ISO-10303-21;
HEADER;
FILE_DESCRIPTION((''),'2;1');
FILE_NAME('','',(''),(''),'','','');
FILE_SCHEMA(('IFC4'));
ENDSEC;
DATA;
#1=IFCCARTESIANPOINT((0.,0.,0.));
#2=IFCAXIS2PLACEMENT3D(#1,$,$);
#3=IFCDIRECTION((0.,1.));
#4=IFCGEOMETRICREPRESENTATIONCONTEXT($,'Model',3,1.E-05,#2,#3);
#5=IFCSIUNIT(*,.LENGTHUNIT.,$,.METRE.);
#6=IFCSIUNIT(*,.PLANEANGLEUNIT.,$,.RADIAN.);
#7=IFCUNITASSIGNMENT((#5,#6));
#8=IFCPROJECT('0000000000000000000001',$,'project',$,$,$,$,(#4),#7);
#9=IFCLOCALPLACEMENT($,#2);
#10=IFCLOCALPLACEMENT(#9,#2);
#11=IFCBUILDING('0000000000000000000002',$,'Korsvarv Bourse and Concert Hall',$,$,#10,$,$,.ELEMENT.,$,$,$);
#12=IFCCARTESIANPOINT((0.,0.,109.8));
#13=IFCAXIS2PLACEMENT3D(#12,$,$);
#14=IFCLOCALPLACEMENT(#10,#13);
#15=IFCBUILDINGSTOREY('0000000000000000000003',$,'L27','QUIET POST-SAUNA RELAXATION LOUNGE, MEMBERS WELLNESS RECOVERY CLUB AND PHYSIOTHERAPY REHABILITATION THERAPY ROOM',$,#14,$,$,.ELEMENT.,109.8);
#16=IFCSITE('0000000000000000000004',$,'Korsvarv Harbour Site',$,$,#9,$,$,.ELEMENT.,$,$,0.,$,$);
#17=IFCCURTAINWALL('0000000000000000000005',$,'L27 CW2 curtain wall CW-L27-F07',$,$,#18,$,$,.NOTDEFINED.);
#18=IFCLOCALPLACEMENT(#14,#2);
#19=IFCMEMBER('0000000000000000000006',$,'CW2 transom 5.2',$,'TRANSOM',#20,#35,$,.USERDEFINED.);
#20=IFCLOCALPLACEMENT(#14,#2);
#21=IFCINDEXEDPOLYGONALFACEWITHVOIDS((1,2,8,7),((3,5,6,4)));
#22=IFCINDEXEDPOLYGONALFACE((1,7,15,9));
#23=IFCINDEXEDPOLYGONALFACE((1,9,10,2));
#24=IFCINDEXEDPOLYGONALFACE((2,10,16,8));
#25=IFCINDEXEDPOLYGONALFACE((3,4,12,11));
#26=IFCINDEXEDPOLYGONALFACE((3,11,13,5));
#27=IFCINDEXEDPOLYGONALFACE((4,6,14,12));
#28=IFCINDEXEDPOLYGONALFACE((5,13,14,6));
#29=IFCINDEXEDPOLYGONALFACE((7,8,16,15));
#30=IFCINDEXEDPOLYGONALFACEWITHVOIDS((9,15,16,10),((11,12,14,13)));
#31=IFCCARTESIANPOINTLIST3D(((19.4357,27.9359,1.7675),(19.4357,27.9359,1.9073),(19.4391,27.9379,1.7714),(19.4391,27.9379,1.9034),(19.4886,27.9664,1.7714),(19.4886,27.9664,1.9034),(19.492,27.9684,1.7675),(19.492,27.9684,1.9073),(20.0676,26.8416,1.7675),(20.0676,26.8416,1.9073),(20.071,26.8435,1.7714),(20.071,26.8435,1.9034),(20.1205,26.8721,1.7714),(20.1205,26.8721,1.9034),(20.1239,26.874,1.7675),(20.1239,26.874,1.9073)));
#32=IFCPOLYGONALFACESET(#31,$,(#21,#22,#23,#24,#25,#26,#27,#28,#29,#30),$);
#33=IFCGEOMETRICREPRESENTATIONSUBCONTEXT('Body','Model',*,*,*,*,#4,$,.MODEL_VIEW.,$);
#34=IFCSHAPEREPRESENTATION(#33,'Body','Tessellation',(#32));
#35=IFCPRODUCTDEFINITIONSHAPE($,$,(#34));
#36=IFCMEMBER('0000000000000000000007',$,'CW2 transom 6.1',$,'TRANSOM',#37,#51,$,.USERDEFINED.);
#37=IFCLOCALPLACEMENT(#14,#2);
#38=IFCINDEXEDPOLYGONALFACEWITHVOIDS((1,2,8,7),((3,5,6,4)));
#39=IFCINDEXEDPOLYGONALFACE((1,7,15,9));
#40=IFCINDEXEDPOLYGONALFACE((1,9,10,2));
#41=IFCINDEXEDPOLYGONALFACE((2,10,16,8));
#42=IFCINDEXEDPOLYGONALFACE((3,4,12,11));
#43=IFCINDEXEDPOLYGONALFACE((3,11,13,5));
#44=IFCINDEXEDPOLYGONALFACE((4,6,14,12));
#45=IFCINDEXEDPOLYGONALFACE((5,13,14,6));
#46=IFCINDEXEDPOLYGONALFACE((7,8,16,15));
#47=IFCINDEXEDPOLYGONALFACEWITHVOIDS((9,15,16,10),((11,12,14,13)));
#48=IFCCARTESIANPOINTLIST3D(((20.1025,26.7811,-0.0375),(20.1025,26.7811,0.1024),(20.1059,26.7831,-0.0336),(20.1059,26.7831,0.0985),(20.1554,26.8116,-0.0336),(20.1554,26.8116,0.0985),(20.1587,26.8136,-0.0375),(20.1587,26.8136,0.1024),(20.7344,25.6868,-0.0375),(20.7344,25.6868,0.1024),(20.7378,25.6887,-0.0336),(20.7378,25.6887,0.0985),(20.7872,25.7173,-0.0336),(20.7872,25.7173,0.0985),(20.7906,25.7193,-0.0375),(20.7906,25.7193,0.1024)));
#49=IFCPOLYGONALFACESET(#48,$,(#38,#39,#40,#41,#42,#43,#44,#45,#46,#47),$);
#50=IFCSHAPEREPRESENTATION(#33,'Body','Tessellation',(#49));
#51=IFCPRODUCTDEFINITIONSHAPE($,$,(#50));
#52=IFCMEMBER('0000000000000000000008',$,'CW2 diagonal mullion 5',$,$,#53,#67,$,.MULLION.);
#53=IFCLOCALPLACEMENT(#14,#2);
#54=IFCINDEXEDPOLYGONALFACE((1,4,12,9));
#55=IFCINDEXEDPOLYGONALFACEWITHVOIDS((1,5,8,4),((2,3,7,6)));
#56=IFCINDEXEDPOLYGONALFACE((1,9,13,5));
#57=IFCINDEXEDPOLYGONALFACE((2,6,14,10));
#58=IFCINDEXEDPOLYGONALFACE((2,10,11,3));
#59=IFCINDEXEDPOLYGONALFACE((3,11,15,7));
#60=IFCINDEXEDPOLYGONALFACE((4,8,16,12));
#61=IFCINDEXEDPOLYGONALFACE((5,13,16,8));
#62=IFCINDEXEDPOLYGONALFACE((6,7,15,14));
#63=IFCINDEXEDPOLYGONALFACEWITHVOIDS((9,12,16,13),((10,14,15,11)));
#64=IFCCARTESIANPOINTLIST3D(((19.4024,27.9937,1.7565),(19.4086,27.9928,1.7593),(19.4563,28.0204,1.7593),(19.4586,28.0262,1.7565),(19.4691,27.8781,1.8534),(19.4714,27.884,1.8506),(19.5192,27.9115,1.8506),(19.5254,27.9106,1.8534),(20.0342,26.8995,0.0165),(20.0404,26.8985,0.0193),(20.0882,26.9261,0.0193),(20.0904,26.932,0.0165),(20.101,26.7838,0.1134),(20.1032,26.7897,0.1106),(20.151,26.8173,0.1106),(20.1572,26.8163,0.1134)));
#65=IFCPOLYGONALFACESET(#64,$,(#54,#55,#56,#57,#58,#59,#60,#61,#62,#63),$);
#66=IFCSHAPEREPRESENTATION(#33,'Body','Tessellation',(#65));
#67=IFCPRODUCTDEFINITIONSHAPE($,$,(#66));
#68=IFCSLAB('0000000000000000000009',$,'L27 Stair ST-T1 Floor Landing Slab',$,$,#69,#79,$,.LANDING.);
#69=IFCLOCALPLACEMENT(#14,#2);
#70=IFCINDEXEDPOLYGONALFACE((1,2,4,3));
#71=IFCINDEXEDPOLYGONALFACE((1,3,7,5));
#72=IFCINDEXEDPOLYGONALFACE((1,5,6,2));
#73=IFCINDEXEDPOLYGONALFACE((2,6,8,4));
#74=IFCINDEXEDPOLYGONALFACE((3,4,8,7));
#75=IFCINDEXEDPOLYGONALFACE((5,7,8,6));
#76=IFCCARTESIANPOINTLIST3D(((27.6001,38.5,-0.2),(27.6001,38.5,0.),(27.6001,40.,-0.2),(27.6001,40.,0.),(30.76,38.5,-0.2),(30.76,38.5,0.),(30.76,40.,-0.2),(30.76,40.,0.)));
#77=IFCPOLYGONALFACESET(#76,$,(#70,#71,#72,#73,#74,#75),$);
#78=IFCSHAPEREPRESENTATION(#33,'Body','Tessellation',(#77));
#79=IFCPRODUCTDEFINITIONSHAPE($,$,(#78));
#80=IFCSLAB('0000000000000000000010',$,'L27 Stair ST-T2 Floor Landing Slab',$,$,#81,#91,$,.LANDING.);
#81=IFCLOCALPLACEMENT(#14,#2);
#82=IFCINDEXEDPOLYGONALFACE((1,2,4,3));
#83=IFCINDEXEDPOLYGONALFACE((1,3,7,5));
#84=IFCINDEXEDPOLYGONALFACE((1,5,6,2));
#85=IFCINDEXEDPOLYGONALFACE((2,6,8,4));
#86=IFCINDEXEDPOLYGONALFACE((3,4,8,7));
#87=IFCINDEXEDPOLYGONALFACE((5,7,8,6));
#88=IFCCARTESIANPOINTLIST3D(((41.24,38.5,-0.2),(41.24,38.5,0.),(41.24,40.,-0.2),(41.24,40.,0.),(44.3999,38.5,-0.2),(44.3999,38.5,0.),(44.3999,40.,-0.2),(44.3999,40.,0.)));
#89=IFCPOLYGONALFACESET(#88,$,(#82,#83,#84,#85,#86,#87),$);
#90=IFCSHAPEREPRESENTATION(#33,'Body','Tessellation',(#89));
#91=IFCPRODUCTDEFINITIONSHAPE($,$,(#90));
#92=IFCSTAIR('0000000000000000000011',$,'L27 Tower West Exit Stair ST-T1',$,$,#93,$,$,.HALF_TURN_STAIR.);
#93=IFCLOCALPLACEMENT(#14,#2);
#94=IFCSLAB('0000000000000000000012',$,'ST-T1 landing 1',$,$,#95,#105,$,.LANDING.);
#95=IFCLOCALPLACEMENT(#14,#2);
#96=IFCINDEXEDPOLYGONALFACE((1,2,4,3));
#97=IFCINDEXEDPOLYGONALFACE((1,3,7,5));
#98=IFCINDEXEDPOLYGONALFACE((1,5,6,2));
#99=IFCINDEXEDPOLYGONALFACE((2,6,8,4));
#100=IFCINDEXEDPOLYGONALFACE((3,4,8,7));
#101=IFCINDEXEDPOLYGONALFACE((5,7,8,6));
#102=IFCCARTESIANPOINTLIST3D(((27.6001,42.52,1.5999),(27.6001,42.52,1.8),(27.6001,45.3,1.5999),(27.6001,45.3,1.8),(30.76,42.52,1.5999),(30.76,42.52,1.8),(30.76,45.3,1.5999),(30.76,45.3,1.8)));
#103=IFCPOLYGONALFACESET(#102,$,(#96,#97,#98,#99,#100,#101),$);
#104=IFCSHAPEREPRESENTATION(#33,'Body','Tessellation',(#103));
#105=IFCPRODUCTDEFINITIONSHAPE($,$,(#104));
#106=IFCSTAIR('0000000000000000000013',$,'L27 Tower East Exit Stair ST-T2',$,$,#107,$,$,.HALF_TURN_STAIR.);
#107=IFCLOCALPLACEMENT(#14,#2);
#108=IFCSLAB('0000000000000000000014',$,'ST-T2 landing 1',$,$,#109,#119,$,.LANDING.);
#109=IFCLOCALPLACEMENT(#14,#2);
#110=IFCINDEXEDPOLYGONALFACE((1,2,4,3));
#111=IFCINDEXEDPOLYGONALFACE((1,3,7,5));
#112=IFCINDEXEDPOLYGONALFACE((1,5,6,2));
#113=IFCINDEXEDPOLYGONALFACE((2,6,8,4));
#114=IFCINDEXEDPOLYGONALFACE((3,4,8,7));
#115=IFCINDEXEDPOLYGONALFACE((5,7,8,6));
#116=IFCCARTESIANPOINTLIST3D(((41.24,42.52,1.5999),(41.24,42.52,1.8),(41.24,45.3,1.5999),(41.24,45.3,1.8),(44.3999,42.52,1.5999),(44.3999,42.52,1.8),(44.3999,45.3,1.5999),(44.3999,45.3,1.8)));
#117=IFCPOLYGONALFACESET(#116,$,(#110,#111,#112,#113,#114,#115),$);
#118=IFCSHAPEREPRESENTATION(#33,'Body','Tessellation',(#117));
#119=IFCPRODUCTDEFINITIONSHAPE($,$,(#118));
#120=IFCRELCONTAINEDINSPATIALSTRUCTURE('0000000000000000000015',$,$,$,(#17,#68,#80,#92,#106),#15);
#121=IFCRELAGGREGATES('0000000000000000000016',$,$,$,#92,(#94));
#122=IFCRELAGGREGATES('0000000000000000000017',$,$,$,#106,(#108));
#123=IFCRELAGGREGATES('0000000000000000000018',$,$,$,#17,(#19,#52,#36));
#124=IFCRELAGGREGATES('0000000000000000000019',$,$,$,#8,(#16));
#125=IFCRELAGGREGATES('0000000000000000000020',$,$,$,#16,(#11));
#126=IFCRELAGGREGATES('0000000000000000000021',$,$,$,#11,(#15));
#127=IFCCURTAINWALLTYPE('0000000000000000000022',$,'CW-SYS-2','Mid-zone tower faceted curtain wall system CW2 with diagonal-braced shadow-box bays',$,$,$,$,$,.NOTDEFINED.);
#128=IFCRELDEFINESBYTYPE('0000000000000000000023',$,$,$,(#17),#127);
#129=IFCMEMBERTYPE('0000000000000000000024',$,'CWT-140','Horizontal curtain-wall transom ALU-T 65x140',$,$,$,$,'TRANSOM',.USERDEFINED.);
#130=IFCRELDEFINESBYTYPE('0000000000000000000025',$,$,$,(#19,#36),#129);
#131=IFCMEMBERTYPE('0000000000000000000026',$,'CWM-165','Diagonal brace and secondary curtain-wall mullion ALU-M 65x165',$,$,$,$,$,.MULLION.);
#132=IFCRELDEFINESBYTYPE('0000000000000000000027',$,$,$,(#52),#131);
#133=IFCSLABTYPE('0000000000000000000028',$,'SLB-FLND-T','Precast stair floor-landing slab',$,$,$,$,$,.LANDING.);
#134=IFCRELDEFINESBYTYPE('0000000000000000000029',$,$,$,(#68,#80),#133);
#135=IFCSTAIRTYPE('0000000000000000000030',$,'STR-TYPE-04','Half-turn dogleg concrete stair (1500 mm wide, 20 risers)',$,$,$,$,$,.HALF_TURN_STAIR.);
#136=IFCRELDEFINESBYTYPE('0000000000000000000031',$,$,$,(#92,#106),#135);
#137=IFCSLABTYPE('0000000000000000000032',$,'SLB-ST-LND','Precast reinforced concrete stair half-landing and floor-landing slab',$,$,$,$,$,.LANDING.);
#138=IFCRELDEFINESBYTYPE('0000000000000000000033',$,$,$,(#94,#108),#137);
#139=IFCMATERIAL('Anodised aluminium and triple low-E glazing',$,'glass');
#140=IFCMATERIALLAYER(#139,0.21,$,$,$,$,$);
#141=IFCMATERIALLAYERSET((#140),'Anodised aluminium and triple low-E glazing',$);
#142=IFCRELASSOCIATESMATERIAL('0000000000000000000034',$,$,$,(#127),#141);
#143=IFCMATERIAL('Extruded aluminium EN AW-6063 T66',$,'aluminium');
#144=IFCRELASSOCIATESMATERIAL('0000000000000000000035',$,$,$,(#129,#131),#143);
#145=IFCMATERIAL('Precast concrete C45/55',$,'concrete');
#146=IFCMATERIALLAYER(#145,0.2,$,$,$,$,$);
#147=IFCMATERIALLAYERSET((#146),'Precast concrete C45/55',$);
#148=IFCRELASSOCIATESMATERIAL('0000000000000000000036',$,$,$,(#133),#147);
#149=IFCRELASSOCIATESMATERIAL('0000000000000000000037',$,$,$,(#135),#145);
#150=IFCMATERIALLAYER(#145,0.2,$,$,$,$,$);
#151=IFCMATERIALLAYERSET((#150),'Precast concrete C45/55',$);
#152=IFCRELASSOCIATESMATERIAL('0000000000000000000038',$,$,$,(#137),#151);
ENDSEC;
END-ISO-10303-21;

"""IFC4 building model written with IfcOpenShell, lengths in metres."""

from ifc_helpers import new_model, si_unit, direction, frame, origin, origin_2d, place, context, subcontext, project, spatial, polyline, hollow_rectangle, outline, extrude, source, transform, mapped, material, layer, layer_set, material_profile, profile_set, type_object, element, aggregate, save


model = new_model("IFC4")

# Units and contexts
model_context = context("Model", 3, precision=1e-05, world=origin(), true_north=direction((0.0, 1.0)))
body_context = subcontext(model_context, "Body", "Model", "MODEL_VIEW")
ifc_project = project(units=[si_unit("LENGTHUNIT", "METRE"), si_unit("PLANEANGLEUNIT", "RADIAN")], contexts=[model_context])

# Site, building, storey
site_placement = place(None, origin())
site = spatial("IfcSite", under=ifc_project, at=site_placement, Name="Korsvarv Harbour Site", CompositionType="ELEMENT", RefElevation=0.0)
building_placement = place(site_placement, origin())
building = spatial("IfcBuilding", under=site, at=building_placement, Name="Korsvarv Bourse and Concert Hall", CompositionType="ELEMENT")
storey_placement = place(building_placement, frame((0.0, 0.0, 109.8)))
storey = spatial("IfcBuildingStorey", under=building, at=storey_placement, Name="L27", Description="QUIET POST-SAUNA RELAXATION LOUNGE, MEMBERS WELLNESS RECOVERY CLUB AND PHYSIOTHERAPY REHABILITATION THERAPY ROOM", CompositionType="ELEMENT", Elevation=109.8)

# Curtain wall, members
ifc_material_1 = material(Name="Anodised aluminium and triple low-E glazing", Category="glass")
ifc_layer_1 = layer(ifc_material_1, 0.21)
ifc_layer_set_1 = layer_set([ifc_layer_1], Name="Anodised aluminium and triple low-E glazing")
curtain_wall_type = type_object("IfcCurtainWallType", Name="CW-SYS-2", Description="Mid-zone tower faceted curtain wall system CW2 with diagonal-braced shadow-box bays", PredefinedType="NOTDEFINED", material=ifc_layer_set_1)
curtain_wall_placement = place(storey_placement, origin())
curtain_wall = element("IfcCurtainWall", 1, at=curtain_wall_placement, inside=storey, type_object=curtain_wall_type, Name="L27 CW2 curtain wall CW-L27-F07", PredefinedType="NOTDEFINED")
ifc_material_2 = material(Name="Extruded aluminium EN AW-6063 T66", Category="aluminium")
ifc_material_profile_1 = material_profile(ifc_material_2, hollow_rectangle(XDim=0.0649, YDim=0.1399, WallThickness=0.0039, at=origin_2d()), Name="ALU-T 65x140")
ifc_profile_set_1 = profile_set([ifc_material_profile_1], Name="Extruded aluminium EN AW-6063 T66")
member_type_1 = type_object("IfcMemberType", Name="CWT-140", Description="Horizontal curtain-wall transom ALU-T 65x140", ElementType="TRANSOM", PredefinedType="USERDEFINED", material=ifc_profile_set_1)
shared_shape_1 = source(origin(), body_context, "Body", "SweptSolid", [
    extrude(hollow_rectangle(XDim=0.0649, YDim=0.1399, WallThickness=0.0039, at=origin_2d()), origin(), (0.0, 0.0, 1.0), 1.2637),
])
member_1_placement = place(storey_placement, frame((19.4639, 27.9521, 1.8374), z_axis=(0.500046, -0.865999, 0.0), x_axis=(0.865999, 0.500046, 0.0)))
member_1 = element("IfcMember", 2, at=member_1_placement, type_object=member_type_1, Name="CW2 transom 5.2", ObjectType="TRANSOM", PredefinedType="USERDEFINED", context=body_context, shape_type="MappedRepresentation", body=[
    mapped(shared_shape_1, transform((0.0, 0.0, 0.0), scale=1.0)),
])
member_2_placement = place(storey_placement, frame((20.1306, 26.7974, 0.0325), z_axis=(0.500046, -0.865999, 0.0), x_axis=(0.865999, 0.500046, 0.0)))
member_2 = element("IfcMember", 3, at=member_2_placement, type_object=member_type_1, Name="CW2 transom 6.1", ObjectType="TRANSOM", PredefinedType="USERDEFINED", context=body_context, shape_type="MappedRepresentation", body=[
    mapped(shared_shape_1, transform((0.0, 0.0, 0.0), scale=1.0)),
])
ifc_material_profile_2 = material_profile(ifc_material_2, hollow_rectangle(XDim=0.0649, YDim=0.165, WallThickness=0.0049, at=origin_2d()), Name="ALU-M 65x165")
ifc_profile_set_2 = profile_set([ifc_material_profile_2], Name="Extruded aluminium EN AW-6063 T66")
member_type_2 = type_object("IfcMemberType", Name="CWM-165", Description="Diagonal brace and secondary curtain-wall mullion ALU-M 65x165", PredefinedType="MULLION", material=ifc_profile_set_2)
shared_shape_2 = source(origin(), body_context, "Body", "SweptSolid", [
    extrude(hollow_rectangle(XDim=0.0649, YDim=0.165, WallThickness=0.0049, at=origin_2d()), origin(), (0.0, 0.0, 1.0), 2.1504),
])
member_3_placement = place(storey_placement, frame((20.0957, 26.8579, 0.0649), z_axis=(-0.293825, 0.508858, 0.809154), x_axis=(-0.865999, -0.500046, 0.0)))
member_3 = element("IfcMember", 4, at=member_3_placement, type_object=member_type_2, Name="CW2 diagonal mullion 5", PredefinedType="MULLION", context=body_context, shape_type="MappedRepresentation", body=[
    mapped(shared_shape_2, transform((0.0, 0.0, 0.0), scale=1.0)),
])

# Slabs
ifc_material_3 = material(Name="Precast concrete C45/55", Category="concrete")
ifc_layer_2 = layer(ifc_material_3, 0.2)
ifc_layer_set_2 = layer_set([ifc_layer_2], Name="Precast concrete C45/55")
slab_type_1 = type_object("IfcSlabType", Name="SLB-FLND-T", Description="Precast stair floor-landing slab", PredefinedType="LANDING", material=ifc_layer_set_2)
slab_1_placement = place(storey_placement, frame((0.0, 0.0, -0.2)))
element("IfcSlab", 5, at=slab_1_placement, inside=storey, type_object=slab_type_1, Name="L27 Stair ST-T1 Floor Landing Slab", PredefinedType="LANDING", context=body_context, shape_type="SweptSolid", body=[
    extrude(outline(polyline([(30.76, 38.5), (30.76, 40.0), (27.6001, 40.0), (27.6001, 38.5), (30.76, 38.5)])), origin(), (0.0, 0.0, 1.0), 0.2),
])
slab_2_placement = place(storey_placement, frame((0.0, 0.0, -0.2)))
element("IfcSlab", 6, at=slab_2_placement, inside=storey, type_object=slab_type_1, Name="L27 Stair ST-T2 Floor Landing Slab", PredefinedType="LANDING", context=body_context, shape_type="SweptSolid", body=[
    extrude(outline(polyline([(44.3999, 38.5), (44.3999, 40.0), (41.24, 40.0), (41.24, 38.5), (44.3999, 38.5)])), origin(), (0.0, 0.0, 1.0), 0.2),
])

# Stairs, slabs
stair_type = type_object("IfcStairType", Name="STR-TYPE-04", Description="Half-turn dogleg concrete stair (1500 mm wide, 20 risers)", PredefinedType="HALF_TURN_STAIR", material=ifc_material_3)
stair_1_placement = place(storey_placement, origin())
stair_1 = element("IfcStair", 7, at=stair_1_placement, inside=storey, type_object=stair_type, Name="L27 Tower West Exit Stair ST-T1", PredefinedType="HALF_TURN_STAIR")
ifc_layer_3 = layer(ifc_material_3, 0.2)
ifc_layer_set_3 = layer_set([ifc_layer_3], Name="Precast concrete C45/55")
slab_type_2 = type_object("IfcSlabType", Name="SLB-ST-LND", Description="Precast reinforced concrete stair half-landing and floor-landing slab", PredefinedType="LANDING", material=ifc_layer_set_3)
slab_3_placement = place(storey_placement, frame((0.0, 0.0, 1.5999)))
slab_3 = element("IfcSlab", 8, at=slab_3_placement, type_object=slab_type_2, Name="ST-T1 landing 1", PredefinedType="LANDING", context=body_context, shape_type="SweptSolid", body=[
    extrude(outline(polyline([(30.76, 42.52), (30.76, 45.3), (27.6001, 45.3), (27.6001, 42.52), (30.76, 42.52)])), origin(), (0.0, 0.0, 1.0), 0.2002),
])
aggregate(stair_1, [slab_3])
stair_2_placement = place(storey_placement, origin())
stair_2 = element("IfcStair", 9, at=stair_2_placement, inside=storey, type_object=stair_type, Name="L27 Tower East Exit Stair ST-T2", PredefinedType="HALF_TURN_STAIR")
slab_4_placement = place(storey_placement, frame((0.0, 0.0, 1.5999)))
slab_4 = element("IfcSlab", 10, at=slab_4_placement, type_object=slab_type_2, Name="ST-T2 landing 1", PredefinedType="LANDING", context=body_context, shape_type="SweptSolid", body=[
    extrude(outline(polyline([(44.3999, 42.52), (44.3999, 45.3), (41.24, 45.3), (41.24, 42.52), (44.3999, 42.52)])), origin(), (0.0, 0.0, 1.0), 0.2002),
])
aggregate(stair_2, [slab_4])

aggregate(curtain_wall, [member_1, member_3, member_2])

save(model, "model.ifc")
